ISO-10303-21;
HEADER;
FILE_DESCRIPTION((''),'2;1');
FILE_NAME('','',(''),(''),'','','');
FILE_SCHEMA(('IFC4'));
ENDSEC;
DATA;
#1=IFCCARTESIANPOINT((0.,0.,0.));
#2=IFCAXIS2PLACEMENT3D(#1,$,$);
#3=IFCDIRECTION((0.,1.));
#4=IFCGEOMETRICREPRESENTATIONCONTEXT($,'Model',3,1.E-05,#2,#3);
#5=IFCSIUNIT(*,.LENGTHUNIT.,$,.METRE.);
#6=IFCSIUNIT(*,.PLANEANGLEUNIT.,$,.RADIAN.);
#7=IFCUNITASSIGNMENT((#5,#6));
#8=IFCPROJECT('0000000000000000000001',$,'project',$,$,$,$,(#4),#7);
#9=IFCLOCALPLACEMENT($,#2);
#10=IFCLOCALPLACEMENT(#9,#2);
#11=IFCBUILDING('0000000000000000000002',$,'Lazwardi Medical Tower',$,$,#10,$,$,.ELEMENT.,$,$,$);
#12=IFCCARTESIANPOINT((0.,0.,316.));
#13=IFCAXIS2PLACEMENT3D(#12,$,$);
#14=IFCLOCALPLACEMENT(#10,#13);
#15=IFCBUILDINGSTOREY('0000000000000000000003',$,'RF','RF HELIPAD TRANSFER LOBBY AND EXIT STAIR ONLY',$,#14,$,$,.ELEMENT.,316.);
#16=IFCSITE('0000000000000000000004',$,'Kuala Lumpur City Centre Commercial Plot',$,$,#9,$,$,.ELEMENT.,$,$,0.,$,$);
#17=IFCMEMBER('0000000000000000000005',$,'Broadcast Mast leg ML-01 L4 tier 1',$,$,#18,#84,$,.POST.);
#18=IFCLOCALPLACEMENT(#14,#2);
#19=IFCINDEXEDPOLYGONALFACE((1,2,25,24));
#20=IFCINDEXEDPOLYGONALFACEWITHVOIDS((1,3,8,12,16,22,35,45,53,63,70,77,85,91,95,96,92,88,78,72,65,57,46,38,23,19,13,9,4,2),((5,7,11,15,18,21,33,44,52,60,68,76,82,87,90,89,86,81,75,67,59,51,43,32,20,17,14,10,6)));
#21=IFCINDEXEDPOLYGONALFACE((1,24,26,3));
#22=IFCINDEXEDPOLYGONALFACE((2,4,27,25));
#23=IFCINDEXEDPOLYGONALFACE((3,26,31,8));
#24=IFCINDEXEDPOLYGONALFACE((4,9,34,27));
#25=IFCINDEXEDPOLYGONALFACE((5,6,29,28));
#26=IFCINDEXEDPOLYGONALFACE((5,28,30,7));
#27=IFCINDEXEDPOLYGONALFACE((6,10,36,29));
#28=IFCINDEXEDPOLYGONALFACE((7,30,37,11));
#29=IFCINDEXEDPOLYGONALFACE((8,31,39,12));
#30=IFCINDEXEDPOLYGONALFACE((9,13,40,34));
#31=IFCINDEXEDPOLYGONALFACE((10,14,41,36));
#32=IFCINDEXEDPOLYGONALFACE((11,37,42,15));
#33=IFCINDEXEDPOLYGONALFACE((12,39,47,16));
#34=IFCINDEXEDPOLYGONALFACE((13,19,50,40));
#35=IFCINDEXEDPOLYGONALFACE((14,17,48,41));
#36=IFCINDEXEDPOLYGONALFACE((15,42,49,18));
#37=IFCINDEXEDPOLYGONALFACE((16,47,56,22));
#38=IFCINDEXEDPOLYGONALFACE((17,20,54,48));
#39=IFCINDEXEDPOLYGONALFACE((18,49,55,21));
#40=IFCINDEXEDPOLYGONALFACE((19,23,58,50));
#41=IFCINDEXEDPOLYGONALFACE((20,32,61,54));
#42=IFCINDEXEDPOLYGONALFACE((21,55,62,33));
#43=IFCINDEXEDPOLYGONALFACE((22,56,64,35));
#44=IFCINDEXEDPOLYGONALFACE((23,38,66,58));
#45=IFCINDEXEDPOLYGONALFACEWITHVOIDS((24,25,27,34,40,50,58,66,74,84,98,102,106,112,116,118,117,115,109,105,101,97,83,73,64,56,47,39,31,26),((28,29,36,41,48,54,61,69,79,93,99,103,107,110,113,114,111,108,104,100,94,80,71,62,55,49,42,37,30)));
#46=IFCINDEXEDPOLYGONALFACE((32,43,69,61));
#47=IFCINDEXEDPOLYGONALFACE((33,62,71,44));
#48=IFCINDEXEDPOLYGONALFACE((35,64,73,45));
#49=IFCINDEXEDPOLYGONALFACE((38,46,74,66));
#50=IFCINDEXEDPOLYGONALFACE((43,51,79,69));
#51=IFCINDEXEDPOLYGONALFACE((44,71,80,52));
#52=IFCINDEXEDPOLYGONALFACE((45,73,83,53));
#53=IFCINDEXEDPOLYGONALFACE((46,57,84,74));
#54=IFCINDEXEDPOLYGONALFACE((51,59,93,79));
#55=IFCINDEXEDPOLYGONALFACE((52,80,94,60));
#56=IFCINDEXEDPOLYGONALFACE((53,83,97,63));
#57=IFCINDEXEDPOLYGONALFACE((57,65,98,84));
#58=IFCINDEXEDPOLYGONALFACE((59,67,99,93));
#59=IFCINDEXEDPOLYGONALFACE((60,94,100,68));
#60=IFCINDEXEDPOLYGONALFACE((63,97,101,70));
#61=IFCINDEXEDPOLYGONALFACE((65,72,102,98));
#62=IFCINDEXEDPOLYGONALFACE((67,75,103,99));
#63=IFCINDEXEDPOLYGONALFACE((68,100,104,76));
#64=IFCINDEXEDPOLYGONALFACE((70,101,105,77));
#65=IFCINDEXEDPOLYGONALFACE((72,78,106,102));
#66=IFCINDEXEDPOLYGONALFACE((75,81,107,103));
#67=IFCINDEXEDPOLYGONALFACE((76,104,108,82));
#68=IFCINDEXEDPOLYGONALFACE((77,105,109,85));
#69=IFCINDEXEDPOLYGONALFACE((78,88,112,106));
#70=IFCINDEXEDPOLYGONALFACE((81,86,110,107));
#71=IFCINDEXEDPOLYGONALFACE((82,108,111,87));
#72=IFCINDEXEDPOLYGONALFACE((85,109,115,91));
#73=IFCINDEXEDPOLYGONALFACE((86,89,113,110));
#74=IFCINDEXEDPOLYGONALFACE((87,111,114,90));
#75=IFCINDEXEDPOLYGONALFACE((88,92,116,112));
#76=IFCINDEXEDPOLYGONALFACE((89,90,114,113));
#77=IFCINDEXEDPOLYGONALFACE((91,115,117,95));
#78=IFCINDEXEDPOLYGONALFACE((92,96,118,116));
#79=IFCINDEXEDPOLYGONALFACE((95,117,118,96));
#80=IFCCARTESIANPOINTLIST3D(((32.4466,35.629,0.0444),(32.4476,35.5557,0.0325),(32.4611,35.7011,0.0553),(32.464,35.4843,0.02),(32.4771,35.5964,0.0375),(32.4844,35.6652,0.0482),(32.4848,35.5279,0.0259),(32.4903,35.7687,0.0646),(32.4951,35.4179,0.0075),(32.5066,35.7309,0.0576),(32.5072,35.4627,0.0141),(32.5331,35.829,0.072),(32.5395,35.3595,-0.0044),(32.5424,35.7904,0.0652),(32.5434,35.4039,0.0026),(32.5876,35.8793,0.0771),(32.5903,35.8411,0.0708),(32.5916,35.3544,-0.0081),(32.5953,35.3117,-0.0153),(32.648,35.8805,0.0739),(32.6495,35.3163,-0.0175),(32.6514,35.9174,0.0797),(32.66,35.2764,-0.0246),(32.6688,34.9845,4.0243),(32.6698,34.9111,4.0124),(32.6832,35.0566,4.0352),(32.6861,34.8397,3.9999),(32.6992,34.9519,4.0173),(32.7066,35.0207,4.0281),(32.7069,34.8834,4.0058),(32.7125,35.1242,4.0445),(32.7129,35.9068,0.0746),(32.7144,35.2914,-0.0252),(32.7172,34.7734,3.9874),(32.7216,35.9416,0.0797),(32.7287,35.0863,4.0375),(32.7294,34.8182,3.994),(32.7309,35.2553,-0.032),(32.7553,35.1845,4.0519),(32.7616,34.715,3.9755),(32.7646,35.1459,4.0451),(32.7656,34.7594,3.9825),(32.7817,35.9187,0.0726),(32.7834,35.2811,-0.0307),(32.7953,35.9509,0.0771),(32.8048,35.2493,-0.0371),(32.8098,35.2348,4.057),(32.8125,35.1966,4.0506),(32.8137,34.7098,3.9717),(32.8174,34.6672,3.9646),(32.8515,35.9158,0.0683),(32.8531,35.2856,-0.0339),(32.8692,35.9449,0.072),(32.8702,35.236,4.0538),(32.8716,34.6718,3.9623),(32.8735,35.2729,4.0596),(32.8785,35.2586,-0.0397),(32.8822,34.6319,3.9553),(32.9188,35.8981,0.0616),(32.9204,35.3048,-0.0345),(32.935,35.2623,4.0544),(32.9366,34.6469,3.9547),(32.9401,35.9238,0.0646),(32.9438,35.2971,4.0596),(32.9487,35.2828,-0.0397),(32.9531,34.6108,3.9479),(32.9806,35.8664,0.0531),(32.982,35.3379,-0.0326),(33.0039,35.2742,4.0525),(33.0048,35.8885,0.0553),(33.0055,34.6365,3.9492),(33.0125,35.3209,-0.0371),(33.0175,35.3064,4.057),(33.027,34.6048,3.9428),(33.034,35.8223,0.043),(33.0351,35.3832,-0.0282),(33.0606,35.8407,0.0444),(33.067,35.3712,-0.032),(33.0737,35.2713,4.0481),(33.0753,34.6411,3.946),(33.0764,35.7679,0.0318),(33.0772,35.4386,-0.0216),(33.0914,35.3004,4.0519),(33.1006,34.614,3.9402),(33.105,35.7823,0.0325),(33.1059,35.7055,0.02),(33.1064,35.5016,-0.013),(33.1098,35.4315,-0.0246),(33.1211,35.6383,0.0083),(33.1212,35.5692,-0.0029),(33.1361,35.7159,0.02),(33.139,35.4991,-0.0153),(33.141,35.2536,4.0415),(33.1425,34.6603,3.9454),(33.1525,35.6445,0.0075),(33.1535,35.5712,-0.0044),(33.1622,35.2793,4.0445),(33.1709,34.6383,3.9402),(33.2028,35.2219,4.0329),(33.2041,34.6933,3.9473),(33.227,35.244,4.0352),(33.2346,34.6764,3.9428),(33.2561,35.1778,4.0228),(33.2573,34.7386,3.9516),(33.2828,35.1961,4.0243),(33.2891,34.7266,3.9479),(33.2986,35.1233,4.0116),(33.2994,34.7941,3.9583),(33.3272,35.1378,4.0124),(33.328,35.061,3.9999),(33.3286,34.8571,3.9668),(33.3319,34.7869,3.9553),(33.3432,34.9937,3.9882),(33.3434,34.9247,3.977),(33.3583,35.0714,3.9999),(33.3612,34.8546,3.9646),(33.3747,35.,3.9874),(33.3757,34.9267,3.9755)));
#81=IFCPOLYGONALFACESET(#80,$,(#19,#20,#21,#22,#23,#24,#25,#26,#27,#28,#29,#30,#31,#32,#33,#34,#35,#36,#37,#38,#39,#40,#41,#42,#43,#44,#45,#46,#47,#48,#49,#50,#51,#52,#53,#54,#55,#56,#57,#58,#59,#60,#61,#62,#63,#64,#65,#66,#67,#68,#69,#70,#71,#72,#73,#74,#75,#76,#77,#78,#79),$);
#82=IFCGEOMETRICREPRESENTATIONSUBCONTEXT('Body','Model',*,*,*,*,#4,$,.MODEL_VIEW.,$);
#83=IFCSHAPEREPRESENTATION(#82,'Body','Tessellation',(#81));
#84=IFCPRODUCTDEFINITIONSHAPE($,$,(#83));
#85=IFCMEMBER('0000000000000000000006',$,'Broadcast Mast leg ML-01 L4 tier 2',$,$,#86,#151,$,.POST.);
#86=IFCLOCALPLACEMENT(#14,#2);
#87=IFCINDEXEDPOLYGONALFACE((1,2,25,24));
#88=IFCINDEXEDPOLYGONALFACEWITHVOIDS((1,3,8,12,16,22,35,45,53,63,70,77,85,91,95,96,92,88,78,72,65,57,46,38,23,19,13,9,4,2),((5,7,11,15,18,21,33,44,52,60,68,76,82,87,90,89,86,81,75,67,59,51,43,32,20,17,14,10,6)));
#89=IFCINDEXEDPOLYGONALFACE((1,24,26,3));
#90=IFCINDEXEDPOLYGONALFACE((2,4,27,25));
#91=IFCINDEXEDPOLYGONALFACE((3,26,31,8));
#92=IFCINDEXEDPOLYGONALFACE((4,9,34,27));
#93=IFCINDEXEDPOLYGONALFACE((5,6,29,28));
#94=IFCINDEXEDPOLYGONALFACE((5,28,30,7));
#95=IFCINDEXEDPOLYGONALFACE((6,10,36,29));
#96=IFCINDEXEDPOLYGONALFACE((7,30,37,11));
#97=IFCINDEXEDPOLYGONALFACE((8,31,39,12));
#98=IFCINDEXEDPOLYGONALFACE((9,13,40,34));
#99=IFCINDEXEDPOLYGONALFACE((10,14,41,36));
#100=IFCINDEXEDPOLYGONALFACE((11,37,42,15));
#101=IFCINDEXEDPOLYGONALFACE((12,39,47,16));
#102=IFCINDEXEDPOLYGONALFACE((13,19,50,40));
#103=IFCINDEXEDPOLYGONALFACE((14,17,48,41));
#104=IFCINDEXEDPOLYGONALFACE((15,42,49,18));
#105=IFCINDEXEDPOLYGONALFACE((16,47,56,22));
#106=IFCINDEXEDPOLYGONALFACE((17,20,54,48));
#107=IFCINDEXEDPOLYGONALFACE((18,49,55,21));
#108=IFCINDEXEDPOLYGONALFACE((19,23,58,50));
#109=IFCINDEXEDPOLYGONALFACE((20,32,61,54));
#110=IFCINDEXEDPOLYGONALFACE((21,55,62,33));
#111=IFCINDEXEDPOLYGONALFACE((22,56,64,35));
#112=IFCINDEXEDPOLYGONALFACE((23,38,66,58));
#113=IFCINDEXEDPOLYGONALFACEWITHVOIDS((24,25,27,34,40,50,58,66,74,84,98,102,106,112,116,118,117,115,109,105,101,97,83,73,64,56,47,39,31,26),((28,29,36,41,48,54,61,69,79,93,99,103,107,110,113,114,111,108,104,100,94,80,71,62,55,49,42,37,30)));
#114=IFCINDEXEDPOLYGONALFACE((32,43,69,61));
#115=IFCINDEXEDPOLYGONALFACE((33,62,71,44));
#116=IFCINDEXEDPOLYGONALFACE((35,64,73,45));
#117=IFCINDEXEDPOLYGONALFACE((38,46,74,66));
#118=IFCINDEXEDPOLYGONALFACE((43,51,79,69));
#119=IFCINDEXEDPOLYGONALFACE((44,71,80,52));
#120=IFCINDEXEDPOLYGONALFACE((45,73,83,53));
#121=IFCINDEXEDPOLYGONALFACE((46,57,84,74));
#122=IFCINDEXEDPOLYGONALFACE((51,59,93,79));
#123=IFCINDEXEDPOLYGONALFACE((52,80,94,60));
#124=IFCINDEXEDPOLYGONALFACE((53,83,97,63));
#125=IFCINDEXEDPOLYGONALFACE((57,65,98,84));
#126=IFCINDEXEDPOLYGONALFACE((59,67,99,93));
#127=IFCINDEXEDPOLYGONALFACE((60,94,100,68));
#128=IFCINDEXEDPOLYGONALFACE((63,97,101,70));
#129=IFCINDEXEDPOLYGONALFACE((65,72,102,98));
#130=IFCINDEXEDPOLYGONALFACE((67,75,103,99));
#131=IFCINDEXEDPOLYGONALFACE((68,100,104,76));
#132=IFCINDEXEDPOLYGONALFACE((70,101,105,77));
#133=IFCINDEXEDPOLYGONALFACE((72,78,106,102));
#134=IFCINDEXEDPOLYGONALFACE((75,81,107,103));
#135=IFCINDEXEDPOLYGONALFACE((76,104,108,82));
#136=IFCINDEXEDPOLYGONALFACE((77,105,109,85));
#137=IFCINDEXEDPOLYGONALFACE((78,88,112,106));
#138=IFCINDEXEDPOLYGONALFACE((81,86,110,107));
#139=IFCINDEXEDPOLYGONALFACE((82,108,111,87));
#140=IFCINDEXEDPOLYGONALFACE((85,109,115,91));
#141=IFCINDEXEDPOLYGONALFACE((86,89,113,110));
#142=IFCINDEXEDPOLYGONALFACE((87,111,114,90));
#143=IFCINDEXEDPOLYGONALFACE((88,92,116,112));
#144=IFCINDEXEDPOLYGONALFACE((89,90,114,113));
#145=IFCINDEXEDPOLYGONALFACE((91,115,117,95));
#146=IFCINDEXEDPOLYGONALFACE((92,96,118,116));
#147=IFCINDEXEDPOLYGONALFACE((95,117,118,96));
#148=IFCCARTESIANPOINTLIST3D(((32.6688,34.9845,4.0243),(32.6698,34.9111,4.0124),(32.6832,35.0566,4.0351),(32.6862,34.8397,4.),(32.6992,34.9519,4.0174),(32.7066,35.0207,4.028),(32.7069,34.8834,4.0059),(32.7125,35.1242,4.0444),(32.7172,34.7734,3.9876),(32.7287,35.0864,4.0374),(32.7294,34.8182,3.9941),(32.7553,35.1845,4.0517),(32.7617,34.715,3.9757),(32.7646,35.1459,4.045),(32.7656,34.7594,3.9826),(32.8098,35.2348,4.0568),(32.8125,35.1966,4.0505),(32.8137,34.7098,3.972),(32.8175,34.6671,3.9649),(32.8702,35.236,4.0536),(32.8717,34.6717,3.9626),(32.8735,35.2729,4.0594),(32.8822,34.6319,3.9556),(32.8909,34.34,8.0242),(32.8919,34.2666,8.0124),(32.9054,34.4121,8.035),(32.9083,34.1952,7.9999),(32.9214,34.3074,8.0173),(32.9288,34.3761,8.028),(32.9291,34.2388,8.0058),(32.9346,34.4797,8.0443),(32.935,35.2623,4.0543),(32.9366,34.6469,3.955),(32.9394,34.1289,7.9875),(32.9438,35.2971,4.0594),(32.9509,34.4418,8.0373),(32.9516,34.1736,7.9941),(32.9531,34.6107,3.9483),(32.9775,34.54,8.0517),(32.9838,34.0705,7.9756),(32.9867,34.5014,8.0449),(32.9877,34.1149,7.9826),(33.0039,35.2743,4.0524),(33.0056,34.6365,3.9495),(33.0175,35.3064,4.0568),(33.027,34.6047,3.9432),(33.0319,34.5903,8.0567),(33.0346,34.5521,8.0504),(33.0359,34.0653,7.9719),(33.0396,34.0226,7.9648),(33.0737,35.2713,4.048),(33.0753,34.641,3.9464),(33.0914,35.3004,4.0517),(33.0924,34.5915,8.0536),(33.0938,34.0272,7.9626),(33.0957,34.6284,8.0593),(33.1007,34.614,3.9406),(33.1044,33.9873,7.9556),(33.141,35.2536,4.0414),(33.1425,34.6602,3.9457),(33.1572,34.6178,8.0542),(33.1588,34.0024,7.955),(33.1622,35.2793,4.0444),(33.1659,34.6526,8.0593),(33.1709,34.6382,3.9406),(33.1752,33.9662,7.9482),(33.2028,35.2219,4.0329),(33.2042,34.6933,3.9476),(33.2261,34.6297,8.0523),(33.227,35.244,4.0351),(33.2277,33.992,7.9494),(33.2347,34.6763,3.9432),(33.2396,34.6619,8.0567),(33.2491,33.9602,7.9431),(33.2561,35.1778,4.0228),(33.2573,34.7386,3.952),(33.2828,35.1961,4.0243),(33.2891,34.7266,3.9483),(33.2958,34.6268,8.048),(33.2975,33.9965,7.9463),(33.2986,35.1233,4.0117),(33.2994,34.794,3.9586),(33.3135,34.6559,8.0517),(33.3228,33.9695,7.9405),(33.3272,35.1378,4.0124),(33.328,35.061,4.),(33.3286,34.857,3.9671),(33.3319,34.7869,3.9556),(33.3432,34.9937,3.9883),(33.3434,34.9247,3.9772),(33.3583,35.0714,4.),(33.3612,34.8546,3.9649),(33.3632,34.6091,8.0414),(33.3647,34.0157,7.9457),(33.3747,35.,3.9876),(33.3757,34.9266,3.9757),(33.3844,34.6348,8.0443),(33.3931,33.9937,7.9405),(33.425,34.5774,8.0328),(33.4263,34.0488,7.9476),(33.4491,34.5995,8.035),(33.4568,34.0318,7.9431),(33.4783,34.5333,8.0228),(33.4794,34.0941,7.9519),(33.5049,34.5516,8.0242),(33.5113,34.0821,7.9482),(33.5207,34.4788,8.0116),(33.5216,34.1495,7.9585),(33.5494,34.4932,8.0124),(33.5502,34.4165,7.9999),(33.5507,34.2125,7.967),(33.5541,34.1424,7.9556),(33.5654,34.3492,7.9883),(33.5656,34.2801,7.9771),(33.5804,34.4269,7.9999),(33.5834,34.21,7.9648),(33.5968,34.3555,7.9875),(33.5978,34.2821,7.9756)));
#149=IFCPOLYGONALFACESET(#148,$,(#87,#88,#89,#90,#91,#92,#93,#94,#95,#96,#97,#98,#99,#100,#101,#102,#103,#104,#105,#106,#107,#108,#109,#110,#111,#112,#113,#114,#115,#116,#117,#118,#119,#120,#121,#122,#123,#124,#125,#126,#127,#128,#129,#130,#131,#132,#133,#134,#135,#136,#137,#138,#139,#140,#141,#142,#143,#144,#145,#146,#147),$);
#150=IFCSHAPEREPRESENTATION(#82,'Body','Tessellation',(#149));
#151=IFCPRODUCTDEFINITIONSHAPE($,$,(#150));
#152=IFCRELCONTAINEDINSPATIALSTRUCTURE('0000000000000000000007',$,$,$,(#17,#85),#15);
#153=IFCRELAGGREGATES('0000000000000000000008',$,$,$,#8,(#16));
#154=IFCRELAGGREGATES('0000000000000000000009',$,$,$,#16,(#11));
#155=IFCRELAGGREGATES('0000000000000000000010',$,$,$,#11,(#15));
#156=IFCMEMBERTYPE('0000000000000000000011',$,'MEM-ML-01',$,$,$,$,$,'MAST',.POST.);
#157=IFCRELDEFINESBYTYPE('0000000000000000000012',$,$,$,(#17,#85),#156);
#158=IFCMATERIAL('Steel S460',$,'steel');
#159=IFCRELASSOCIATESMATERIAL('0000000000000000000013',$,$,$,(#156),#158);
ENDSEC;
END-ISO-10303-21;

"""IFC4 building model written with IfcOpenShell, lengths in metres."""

from ifc_helpers import new_model, si_unit, direction, frame, origin, origin_2d, place, context, subcontext, project, spatial, hollow_circle, extrude, material, material_profile, profile_set, type_object, element, save


model = new_model("IFC4")

# Units and contexts
model_context = context("Model", 3, precision=1e-05, world=origin(), true_north=direction((0.0, 1.0)))
body_context = subcontext(model_context, "Body", "Model", "MODEL_VIEW")
ifc_project = project(units=[si_unit("LENGTHUNIT", "METRE"), si_unit("PLANEANGLEUNIT", "RADIAN")], contexts=[model_context])

# Site, building, storey
site_placement = place(None, origin())
site = spatial("IfcSite", under=ifc_project, at=site_placement, Name="Kuala Lumpur City Centre Commercial Plot", CompositionType="ELEMENT", RefElevation=0.0)
building_placement = place(site_placement, origin())
building = spatial("IfcBuilding", under=site, at=building_placement, Name="Lazwardi Medical Tower", CompositionType="ELEMENT")
storey_placement = place(building_placement, frame((0.0, 0.0, 316.0)))
storey = spatial("IfcBuildingStorey", under=building, at=storey_placement, Name="RF", Description="RF HELIPAD TRANSFER LOBBY AND EXIT STAIR ONLY", CompositionType="ELEMENT", Elevation=316.0)

# Members
ifc_material_1 = material(Name="Steel S460", Category="steel")
ifc_material_profile_1 = material_profile(ifc_material_1, hollow_circle(Radius=0.3555, WallThickness=0.032, at=origin_2d()), Name="CHS 711x32")
ifc_profile_set_1 = profile_set([ifc_material_profile_1], Name="Steel S460")
member_type_1 = type_object("IfcMemberType", Name="MEM-ML-01", ElementType="MAST", PredefinedType="POST", material=ifc_profile_set_1)
member_1_placement = place(storey_placement, frame((32.8, 35.6001, 0.02), z_axis=(0.05502, -0.159619, 0.985644), x_axis=(0.945411, 0.32588, 0.0)))
element("IfcMember", 1, at=member_1_placement, inside=storey, type_object=member_type_1, Name="Broadcast Mast leg ML-01 L4 tier 1", PredefinedType="POST", context=body_context, shape_type="SweptSolid", body=[
    extrude(hollow_circle(Radius=0.3555, WallThickness=0.032, at=origin_2d()), origin(), (0.0, 0.0, 1.0), 4.0378),
])
for number, where, z_axis, x_axis, name in (
    (2, (33.0222, 34.9556, 4.0), (0.054752, -0.158842, 0.985785), (0.945411, 0.32588, 0.0), "Broadcast Mast leg ML-01 L4 tier 2"),
):
    element("IfcMember", number, at=place(storey_placement, frame(where, z_axis=z_axis, x_axis=x_axis)), inside=storey, type_object=member_type_1, Name=name, PredefinedType="POST", context=body_context, shape_type="SweptSolid", body=[
        extrude(hollow_circle(Radius=0.3555, WallThickness=0.032, at=origin_2d()), origin(), (0.0, 0.0, 1.0), 4.0576),
    ])

save(model, "model.ifc")
